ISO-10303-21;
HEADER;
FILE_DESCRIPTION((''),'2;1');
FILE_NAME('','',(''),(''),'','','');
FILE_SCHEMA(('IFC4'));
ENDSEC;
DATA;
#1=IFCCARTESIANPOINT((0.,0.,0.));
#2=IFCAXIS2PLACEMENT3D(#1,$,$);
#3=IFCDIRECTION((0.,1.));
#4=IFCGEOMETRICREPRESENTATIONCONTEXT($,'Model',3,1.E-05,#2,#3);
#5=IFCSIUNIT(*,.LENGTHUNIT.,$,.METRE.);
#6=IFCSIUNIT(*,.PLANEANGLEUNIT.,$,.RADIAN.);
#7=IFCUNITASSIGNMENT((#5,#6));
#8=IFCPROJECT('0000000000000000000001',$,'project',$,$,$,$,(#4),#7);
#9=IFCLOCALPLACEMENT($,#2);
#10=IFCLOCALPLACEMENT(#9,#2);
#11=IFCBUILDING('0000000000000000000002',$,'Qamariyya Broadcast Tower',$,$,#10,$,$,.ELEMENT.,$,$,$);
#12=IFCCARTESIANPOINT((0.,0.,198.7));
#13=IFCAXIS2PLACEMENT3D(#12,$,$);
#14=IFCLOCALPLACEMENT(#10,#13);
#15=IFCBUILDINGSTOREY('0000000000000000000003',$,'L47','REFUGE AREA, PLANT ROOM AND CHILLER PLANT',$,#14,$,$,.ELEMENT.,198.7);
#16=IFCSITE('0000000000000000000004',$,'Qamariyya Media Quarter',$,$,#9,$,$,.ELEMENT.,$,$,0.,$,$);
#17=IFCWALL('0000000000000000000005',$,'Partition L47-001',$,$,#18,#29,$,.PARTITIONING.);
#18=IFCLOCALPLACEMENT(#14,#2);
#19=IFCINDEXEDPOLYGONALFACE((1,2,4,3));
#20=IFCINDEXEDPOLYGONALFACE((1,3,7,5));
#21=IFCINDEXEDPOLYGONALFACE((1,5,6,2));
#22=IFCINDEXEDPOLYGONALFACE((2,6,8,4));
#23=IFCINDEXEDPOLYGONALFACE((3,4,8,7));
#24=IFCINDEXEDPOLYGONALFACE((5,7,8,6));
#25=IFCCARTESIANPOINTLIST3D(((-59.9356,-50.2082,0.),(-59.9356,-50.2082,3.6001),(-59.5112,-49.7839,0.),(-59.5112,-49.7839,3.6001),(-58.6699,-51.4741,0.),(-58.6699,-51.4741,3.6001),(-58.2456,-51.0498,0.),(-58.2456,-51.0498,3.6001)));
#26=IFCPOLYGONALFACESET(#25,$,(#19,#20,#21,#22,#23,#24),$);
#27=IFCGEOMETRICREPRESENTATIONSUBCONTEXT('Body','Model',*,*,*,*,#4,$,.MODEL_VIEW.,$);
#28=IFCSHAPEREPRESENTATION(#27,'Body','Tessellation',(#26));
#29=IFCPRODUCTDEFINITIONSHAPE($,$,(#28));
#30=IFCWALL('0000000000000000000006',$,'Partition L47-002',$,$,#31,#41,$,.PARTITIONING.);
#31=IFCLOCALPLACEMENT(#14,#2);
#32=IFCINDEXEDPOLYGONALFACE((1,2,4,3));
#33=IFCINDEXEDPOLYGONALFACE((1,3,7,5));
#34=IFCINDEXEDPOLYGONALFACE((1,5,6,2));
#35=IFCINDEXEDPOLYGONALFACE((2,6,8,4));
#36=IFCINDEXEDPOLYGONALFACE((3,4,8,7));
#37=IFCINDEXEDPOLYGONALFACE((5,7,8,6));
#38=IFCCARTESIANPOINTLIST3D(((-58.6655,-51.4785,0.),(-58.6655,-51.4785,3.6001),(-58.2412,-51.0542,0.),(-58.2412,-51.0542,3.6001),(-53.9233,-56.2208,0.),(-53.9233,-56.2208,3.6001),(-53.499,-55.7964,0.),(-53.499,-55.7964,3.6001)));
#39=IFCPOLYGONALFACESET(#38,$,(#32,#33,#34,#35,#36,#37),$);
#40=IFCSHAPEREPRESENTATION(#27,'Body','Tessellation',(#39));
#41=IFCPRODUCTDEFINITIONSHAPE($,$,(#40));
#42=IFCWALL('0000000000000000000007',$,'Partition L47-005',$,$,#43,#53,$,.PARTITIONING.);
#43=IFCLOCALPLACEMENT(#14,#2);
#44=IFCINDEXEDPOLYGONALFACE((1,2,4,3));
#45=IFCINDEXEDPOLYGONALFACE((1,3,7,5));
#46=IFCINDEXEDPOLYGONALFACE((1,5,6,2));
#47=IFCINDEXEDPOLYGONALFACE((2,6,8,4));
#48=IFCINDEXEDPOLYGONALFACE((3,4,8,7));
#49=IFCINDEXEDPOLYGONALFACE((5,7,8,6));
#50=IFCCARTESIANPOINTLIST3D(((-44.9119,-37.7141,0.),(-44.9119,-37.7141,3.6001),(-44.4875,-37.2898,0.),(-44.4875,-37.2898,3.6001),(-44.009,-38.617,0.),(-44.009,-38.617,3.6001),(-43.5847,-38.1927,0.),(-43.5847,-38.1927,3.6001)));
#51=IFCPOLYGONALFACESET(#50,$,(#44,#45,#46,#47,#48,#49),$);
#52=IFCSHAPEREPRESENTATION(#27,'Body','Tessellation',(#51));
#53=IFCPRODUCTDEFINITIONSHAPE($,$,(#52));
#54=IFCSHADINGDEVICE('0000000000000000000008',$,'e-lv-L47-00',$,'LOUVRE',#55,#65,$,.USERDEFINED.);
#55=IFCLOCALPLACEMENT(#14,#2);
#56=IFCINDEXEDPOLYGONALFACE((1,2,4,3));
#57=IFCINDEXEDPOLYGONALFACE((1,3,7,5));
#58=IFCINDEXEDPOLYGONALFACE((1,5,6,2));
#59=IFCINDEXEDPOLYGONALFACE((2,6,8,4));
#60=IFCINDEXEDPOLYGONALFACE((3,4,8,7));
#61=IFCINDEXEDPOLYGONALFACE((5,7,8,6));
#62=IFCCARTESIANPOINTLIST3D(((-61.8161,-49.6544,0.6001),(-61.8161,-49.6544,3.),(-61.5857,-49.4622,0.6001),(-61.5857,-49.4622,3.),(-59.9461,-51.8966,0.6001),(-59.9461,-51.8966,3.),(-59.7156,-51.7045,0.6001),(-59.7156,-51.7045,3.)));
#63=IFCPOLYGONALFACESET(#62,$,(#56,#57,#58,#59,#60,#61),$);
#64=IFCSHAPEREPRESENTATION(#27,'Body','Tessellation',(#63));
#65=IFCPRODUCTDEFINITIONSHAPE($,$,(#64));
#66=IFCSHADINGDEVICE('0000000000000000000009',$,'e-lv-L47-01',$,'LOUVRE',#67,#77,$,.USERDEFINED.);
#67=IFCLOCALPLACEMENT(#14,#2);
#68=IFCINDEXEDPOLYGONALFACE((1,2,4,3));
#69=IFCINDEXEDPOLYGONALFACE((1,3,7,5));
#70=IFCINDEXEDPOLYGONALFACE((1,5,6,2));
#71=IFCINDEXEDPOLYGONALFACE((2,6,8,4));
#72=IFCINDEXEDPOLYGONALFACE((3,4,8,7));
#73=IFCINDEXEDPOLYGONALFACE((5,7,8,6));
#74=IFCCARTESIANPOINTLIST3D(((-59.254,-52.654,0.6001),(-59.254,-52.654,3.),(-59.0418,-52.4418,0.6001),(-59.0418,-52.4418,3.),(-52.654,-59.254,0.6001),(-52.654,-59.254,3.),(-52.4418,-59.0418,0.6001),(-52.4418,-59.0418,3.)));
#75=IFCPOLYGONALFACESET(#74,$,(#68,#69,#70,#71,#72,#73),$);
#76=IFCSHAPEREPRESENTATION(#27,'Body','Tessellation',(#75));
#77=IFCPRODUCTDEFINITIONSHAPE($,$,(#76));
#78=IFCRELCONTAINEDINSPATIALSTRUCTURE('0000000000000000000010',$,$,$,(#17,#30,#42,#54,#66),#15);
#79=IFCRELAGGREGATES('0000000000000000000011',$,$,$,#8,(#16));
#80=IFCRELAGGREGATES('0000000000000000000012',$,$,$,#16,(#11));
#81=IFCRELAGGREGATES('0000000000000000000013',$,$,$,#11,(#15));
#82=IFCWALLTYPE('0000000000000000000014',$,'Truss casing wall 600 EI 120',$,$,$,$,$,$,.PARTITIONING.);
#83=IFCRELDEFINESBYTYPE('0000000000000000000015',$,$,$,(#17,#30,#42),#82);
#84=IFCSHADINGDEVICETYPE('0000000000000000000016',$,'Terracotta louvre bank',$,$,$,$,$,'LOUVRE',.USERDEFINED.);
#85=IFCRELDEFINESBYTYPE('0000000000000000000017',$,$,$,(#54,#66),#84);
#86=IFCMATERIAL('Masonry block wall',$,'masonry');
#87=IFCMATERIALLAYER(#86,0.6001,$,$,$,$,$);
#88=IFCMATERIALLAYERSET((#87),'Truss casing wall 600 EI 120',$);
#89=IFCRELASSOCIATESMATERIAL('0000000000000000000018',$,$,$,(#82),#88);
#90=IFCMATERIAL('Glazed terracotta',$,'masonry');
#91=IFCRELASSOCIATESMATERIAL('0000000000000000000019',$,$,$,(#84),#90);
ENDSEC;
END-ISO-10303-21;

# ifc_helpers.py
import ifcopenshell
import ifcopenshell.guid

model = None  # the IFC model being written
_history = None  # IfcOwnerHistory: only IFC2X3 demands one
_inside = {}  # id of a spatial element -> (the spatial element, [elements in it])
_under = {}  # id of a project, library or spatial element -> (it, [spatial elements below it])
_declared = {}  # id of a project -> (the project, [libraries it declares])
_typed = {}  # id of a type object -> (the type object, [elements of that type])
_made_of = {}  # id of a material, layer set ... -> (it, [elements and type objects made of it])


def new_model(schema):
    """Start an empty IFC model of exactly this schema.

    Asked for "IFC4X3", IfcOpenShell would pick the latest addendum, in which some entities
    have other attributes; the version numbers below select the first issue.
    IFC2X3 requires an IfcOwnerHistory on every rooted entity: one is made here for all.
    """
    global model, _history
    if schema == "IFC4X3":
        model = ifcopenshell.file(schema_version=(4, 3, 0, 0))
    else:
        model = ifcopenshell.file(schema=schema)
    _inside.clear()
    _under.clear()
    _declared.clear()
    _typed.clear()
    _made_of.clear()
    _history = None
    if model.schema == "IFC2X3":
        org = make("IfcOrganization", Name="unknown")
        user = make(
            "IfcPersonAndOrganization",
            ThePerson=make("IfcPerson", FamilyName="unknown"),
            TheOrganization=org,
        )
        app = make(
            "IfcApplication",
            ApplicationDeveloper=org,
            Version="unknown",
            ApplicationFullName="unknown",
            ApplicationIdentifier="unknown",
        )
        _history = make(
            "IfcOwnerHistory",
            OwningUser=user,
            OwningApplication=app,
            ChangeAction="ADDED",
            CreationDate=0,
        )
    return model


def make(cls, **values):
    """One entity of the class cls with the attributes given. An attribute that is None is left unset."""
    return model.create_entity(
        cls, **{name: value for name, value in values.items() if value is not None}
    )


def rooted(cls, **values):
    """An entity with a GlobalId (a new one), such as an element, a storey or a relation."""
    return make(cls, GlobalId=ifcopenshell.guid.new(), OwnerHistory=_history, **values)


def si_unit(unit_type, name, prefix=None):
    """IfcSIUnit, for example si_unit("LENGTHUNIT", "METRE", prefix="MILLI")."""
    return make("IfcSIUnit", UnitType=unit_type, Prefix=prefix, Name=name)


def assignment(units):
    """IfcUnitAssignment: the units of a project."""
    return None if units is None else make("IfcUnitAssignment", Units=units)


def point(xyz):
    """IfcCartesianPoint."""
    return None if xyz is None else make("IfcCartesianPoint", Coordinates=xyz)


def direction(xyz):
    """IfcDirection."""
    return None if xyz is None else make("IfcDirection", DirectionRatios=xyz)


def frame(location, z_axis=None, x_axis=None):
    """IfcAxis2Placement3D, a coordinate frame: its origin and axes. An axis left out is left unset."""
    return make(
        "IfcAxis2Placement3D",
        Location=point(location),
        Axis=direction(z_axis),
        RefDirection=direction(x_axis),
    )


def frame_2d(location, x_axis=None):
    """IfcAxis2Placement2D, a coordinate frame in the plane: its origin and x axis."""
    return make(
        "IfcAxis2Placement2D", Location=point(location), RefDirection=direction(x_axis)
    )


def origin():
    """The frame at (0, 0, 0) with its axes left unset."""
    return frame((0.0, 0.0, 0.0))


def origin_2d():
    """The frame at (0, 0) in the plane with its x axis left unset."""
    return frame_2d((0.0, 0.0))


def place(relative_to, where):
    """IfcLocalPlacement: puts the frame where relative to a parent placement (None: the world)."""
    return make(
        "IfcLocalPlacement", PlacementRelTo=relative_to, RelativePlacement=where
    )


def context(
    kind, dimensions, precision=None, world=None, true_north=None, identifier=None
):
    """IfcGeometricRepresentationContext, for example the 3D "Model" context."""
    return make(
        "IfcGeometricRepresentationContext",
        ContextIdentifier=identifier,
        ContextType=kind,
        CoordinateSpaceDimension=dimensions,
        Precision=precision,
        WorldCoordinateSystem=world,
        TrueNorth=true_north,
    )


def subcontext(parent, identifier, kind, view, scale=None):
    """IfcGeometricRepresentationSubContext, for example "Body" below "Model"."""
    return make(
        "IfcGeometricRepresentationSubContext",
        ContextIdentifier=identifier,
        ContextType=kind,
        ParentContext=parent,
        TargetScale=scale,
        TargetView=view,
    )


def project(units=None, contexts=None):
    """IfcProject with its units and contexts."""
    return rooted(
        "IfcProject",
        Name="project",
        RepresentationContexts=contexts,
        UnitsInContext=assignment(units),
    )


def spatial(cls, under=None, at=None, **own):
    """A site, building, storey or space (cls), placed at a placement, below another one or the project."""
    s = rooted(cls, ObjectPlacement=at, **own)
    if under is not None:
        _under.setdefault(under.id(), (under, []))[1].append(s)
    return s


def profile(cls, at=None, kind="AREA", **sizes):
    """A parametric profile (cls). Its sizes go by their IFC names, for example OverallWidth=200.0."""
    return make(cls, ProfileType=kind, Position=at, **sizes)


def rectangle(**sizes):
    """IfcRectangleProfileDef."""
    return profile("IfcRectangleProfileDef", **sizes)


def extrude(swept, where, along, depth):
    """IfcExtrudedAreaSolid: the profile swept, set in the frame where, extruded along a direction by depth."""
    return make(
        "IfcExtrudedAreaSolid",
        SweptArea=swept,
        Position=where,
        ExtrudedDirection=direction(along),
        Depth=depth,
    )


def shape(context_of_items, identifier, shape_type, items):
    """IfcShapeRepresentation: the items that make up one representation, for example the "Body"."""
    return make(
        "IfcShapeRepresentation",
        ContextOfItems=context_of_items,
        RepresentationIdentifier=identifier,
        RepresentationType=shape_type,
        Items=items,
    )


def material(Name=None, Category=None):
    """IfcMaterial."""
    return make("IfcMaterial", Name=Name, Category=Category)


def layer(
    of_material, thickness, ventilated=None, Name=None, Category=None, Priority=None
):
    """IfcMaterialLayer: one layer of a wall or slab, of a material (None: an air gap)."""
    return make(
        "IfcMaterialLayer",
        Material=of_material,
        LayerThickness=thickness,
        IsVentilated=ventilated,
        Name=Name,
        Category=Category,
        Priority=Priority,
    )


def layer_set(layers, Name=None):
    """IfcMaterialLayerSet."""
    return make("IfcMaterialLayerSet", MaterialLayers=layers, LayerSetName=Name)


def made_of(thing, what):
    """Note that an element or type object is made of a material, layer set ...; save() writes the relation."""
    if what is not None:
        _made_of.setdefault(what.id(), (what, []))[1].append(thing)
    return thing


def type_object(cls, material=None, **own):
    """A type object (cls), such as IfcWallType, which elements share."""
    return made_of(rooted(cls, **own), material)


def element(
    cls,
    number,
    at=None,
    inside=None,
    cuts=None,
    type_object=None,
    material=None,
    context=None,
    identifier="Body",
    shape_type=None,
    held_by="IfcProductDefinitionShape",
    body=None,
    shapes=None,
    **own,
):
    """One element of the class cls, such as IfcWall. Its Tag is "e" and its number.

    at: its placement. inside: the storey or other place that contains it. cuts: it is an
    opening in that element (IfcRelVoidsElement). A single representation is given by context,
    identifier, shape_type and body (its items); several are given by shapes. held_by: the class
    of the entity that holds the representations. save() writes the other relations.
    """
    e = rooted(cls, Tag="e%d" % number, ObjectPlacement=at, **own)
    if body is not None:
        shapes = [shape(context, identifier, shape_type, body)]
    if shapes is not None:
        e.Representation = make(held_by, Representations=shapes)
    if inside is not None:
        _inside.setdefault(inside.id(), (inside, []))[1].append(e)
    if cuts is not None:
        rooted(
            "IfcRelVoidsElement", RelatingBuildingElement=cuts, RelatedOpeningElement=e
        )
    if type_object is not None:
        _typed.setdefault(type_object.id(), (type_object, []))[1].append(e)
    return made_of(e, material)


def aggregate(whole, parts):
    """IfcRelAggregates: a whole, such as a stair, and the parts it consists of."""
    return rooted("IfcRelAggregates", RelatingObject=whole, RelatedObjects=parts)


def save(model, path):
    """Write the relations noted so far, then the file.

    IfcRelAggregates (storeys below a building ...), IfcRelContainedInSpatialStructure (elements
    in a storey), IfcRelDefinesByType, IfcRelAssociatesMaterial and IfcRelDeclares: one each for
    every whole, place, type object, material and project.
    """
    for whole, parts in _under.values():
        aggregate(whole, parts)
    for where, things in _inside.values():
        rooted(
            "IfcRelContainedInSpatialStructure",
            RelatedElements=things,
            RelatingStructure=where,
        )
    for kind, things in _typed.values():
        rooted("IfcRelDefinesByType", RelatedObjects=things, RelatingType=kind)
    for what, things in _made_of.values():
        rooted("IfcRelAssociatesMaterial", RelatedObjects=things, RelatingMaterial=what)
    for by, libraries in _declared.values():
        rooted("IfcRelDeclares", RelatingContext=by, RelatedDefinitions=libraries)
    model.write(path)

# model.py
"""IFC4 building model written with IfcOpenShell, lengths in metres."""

from ifc_helpers import new_model, si_unit, direction, frame, frame_2d, origin, origin_2d, place, context, subcontext, project, spatial, rectangle, extrude, material, layer, layer_set, type_object, element, save


model = new_model("IFC4")

# Units and contexts
model_context = context("Model", 3, precision=1e-05, world=origin(), true_north=direction((0.0, 1.0)))
body_context = subcontext(model_context, "Body", "Model", "MODEL_VIEW")
ifc_project = project(units=[si_unit("LENGTHUNIT", "METRE"), si_unit("PLANEANGLEUNIT", "RADIAN")], contexts=[model_context])

# Site, building, storey
site_placement = place(None, origin())
site = spatial("IfcSite", under=ifc_project, at=site_placement, Name="Qamariyya Media Quarter", CompositionType="ELEMENT", RefElevation=0.0)
building_placement = place(site_placement, origin())
building = spatial("IfcBuilding", under=site, at=building_placement, Name="Qamariyya Broadcast Tower", CompositionType="ELEMENT")
storey_placement = place(building_placement, frame((0.0, 0.0, 198.7)))
storey = spatial("IfcBuildingStorey", under=building, at=storey_placement, Name="L47", Description="REFUGE AREA, PLANT ROOM AND CHILLER PLANT", CompositionType="ELEMENT", Elevation=198.7)

# Shared definitions
ifc_material_1 = material(Name="Masonry block wall", Category="masonry")

# Walls
ifc_layer_1 = layer(ifc_material_1, 0.6001)
ifc_layer_set_1 = layer_set([ifc_layer_1], Name="Truss casing wall 600 EI 120")
wall_type_1 = type_object("IfcWallType", Name="Truss casing wall 600 EI 120", PredefinedType="PARTITIONING", material=ifc_layer_set_1)
wall_1_placement = place(storey_placement, frame((-59.7234, -49.9961, 0.0), z_axis=(0.0, 0.0, 1.0), x_axis=(0.707039, -0.707175, 0.0)))
element("IfcWall", 1, at=wall_1_placement, inside=storey, type_object=wall_type_1, Name="Partition L47-001", PredefinedType="PARTITIONING", context=body_context, shape_type="SweptSolid", body=[
    extrude(rectangle(XDim=1.79, YDim=0.6001, at=frame_2d((0.895, 0.0))), origin(), (0.0, 0.0, 1.0), 3.6001),
])
wall_2_placement = place(storey_placement, frame((-58.4534, -51.2664, 0.0), z_axis=(0.0, 0.0, 1.0), x_axis=(0.707107, -0.707107, 0.0)))
element("IfcWall", 2, at=wall_2_placement, inside=storey, type_object=wall_type_1, Name="Partition L47-002", PredefinedType="PARTITIONING", context=body_context, shape_type="SweptSolid", body=[
    extrude(rectangle(XDim=6.7065, YDim=0.6001, at=frame_2d((3.3533, 0.0))), origin(), (0.0, 0.0, 1.0), 3.6001),
])
wall_3_placement = place(storey_placement, frame((-44.6997, -37.502, 0.0), z_axis=(0.0, 0.0, 1.0), x_axis=(0.707107, -0.707107, 0.0)))
element("IfcWall", 3, at=wall_3_placement, inside=storey, type_object=wall_type_1, Name="Partition L47-005", PredefinedType="PARTITIONING", context=body_context, shape_type="SweptSolid", body=[
    extrude(rectangle(XDim=1.2769, YDim=0.6001, at=frame_2d((0.6384, 0.0))), origin(), (0.0, 0.0, 1.0), 3.6001),
])

# Shading devices
ifc_material_2 = material(Name="Glazed terracotta", Category="masonry")
shading_device_type = type_object("IfcShadingDeviceType", Name="Terracotta louvre bank", ElementType="LOUVRE", PredefinedType="USERDEFINED", material=ifc_material_2)
shading_device_1_placement = place(storey_placement, frame((-60.7659, -50.6794, 0.6001), z_axis=(0.0, 0.0, 1.0), x_axis=(0.640492, -0.767965, 0.0)))
element("IfcShadingDevice", 4, at=shading_device_1_placement, inside=storey, type_object=shading_device_type, Name="e-lv-L47-00", ObjectType="LOUVRE", PredefinedType="USERDEFINED", context=body_context, shape_type="SweptSolid", body=[
    extrude(rectangle(XDim=2.9197, YDim=0.3, at=origin_2d()), origin(), (0.0, 0.0, 1.0), 2.3999),
])
shading_device_2_placement = place(storey_placement, frame((-55.8479, -55.8479, 0.6001), z_axis=(0.0, 0.0, 1.0), x_axis=(0.707107, -0.707107, 0.0)))
element("IfcShadingDevice", 5, at=shading_device_2_placement, inside=storey, type_object=shading_device_type, Name="e-lv-L47-01", ObjectType="LOUVRE", PredefinedType="USERDEFINED", context=body_context, shape_type="SweptSolid", body=[
    extrude(rectangle(XDim=9.3337, YDim=0.3, at=origin_2d()), origin(), (0.0, 0.0, 1.0), 2.3999),
])

save(model, "model.ifc")
